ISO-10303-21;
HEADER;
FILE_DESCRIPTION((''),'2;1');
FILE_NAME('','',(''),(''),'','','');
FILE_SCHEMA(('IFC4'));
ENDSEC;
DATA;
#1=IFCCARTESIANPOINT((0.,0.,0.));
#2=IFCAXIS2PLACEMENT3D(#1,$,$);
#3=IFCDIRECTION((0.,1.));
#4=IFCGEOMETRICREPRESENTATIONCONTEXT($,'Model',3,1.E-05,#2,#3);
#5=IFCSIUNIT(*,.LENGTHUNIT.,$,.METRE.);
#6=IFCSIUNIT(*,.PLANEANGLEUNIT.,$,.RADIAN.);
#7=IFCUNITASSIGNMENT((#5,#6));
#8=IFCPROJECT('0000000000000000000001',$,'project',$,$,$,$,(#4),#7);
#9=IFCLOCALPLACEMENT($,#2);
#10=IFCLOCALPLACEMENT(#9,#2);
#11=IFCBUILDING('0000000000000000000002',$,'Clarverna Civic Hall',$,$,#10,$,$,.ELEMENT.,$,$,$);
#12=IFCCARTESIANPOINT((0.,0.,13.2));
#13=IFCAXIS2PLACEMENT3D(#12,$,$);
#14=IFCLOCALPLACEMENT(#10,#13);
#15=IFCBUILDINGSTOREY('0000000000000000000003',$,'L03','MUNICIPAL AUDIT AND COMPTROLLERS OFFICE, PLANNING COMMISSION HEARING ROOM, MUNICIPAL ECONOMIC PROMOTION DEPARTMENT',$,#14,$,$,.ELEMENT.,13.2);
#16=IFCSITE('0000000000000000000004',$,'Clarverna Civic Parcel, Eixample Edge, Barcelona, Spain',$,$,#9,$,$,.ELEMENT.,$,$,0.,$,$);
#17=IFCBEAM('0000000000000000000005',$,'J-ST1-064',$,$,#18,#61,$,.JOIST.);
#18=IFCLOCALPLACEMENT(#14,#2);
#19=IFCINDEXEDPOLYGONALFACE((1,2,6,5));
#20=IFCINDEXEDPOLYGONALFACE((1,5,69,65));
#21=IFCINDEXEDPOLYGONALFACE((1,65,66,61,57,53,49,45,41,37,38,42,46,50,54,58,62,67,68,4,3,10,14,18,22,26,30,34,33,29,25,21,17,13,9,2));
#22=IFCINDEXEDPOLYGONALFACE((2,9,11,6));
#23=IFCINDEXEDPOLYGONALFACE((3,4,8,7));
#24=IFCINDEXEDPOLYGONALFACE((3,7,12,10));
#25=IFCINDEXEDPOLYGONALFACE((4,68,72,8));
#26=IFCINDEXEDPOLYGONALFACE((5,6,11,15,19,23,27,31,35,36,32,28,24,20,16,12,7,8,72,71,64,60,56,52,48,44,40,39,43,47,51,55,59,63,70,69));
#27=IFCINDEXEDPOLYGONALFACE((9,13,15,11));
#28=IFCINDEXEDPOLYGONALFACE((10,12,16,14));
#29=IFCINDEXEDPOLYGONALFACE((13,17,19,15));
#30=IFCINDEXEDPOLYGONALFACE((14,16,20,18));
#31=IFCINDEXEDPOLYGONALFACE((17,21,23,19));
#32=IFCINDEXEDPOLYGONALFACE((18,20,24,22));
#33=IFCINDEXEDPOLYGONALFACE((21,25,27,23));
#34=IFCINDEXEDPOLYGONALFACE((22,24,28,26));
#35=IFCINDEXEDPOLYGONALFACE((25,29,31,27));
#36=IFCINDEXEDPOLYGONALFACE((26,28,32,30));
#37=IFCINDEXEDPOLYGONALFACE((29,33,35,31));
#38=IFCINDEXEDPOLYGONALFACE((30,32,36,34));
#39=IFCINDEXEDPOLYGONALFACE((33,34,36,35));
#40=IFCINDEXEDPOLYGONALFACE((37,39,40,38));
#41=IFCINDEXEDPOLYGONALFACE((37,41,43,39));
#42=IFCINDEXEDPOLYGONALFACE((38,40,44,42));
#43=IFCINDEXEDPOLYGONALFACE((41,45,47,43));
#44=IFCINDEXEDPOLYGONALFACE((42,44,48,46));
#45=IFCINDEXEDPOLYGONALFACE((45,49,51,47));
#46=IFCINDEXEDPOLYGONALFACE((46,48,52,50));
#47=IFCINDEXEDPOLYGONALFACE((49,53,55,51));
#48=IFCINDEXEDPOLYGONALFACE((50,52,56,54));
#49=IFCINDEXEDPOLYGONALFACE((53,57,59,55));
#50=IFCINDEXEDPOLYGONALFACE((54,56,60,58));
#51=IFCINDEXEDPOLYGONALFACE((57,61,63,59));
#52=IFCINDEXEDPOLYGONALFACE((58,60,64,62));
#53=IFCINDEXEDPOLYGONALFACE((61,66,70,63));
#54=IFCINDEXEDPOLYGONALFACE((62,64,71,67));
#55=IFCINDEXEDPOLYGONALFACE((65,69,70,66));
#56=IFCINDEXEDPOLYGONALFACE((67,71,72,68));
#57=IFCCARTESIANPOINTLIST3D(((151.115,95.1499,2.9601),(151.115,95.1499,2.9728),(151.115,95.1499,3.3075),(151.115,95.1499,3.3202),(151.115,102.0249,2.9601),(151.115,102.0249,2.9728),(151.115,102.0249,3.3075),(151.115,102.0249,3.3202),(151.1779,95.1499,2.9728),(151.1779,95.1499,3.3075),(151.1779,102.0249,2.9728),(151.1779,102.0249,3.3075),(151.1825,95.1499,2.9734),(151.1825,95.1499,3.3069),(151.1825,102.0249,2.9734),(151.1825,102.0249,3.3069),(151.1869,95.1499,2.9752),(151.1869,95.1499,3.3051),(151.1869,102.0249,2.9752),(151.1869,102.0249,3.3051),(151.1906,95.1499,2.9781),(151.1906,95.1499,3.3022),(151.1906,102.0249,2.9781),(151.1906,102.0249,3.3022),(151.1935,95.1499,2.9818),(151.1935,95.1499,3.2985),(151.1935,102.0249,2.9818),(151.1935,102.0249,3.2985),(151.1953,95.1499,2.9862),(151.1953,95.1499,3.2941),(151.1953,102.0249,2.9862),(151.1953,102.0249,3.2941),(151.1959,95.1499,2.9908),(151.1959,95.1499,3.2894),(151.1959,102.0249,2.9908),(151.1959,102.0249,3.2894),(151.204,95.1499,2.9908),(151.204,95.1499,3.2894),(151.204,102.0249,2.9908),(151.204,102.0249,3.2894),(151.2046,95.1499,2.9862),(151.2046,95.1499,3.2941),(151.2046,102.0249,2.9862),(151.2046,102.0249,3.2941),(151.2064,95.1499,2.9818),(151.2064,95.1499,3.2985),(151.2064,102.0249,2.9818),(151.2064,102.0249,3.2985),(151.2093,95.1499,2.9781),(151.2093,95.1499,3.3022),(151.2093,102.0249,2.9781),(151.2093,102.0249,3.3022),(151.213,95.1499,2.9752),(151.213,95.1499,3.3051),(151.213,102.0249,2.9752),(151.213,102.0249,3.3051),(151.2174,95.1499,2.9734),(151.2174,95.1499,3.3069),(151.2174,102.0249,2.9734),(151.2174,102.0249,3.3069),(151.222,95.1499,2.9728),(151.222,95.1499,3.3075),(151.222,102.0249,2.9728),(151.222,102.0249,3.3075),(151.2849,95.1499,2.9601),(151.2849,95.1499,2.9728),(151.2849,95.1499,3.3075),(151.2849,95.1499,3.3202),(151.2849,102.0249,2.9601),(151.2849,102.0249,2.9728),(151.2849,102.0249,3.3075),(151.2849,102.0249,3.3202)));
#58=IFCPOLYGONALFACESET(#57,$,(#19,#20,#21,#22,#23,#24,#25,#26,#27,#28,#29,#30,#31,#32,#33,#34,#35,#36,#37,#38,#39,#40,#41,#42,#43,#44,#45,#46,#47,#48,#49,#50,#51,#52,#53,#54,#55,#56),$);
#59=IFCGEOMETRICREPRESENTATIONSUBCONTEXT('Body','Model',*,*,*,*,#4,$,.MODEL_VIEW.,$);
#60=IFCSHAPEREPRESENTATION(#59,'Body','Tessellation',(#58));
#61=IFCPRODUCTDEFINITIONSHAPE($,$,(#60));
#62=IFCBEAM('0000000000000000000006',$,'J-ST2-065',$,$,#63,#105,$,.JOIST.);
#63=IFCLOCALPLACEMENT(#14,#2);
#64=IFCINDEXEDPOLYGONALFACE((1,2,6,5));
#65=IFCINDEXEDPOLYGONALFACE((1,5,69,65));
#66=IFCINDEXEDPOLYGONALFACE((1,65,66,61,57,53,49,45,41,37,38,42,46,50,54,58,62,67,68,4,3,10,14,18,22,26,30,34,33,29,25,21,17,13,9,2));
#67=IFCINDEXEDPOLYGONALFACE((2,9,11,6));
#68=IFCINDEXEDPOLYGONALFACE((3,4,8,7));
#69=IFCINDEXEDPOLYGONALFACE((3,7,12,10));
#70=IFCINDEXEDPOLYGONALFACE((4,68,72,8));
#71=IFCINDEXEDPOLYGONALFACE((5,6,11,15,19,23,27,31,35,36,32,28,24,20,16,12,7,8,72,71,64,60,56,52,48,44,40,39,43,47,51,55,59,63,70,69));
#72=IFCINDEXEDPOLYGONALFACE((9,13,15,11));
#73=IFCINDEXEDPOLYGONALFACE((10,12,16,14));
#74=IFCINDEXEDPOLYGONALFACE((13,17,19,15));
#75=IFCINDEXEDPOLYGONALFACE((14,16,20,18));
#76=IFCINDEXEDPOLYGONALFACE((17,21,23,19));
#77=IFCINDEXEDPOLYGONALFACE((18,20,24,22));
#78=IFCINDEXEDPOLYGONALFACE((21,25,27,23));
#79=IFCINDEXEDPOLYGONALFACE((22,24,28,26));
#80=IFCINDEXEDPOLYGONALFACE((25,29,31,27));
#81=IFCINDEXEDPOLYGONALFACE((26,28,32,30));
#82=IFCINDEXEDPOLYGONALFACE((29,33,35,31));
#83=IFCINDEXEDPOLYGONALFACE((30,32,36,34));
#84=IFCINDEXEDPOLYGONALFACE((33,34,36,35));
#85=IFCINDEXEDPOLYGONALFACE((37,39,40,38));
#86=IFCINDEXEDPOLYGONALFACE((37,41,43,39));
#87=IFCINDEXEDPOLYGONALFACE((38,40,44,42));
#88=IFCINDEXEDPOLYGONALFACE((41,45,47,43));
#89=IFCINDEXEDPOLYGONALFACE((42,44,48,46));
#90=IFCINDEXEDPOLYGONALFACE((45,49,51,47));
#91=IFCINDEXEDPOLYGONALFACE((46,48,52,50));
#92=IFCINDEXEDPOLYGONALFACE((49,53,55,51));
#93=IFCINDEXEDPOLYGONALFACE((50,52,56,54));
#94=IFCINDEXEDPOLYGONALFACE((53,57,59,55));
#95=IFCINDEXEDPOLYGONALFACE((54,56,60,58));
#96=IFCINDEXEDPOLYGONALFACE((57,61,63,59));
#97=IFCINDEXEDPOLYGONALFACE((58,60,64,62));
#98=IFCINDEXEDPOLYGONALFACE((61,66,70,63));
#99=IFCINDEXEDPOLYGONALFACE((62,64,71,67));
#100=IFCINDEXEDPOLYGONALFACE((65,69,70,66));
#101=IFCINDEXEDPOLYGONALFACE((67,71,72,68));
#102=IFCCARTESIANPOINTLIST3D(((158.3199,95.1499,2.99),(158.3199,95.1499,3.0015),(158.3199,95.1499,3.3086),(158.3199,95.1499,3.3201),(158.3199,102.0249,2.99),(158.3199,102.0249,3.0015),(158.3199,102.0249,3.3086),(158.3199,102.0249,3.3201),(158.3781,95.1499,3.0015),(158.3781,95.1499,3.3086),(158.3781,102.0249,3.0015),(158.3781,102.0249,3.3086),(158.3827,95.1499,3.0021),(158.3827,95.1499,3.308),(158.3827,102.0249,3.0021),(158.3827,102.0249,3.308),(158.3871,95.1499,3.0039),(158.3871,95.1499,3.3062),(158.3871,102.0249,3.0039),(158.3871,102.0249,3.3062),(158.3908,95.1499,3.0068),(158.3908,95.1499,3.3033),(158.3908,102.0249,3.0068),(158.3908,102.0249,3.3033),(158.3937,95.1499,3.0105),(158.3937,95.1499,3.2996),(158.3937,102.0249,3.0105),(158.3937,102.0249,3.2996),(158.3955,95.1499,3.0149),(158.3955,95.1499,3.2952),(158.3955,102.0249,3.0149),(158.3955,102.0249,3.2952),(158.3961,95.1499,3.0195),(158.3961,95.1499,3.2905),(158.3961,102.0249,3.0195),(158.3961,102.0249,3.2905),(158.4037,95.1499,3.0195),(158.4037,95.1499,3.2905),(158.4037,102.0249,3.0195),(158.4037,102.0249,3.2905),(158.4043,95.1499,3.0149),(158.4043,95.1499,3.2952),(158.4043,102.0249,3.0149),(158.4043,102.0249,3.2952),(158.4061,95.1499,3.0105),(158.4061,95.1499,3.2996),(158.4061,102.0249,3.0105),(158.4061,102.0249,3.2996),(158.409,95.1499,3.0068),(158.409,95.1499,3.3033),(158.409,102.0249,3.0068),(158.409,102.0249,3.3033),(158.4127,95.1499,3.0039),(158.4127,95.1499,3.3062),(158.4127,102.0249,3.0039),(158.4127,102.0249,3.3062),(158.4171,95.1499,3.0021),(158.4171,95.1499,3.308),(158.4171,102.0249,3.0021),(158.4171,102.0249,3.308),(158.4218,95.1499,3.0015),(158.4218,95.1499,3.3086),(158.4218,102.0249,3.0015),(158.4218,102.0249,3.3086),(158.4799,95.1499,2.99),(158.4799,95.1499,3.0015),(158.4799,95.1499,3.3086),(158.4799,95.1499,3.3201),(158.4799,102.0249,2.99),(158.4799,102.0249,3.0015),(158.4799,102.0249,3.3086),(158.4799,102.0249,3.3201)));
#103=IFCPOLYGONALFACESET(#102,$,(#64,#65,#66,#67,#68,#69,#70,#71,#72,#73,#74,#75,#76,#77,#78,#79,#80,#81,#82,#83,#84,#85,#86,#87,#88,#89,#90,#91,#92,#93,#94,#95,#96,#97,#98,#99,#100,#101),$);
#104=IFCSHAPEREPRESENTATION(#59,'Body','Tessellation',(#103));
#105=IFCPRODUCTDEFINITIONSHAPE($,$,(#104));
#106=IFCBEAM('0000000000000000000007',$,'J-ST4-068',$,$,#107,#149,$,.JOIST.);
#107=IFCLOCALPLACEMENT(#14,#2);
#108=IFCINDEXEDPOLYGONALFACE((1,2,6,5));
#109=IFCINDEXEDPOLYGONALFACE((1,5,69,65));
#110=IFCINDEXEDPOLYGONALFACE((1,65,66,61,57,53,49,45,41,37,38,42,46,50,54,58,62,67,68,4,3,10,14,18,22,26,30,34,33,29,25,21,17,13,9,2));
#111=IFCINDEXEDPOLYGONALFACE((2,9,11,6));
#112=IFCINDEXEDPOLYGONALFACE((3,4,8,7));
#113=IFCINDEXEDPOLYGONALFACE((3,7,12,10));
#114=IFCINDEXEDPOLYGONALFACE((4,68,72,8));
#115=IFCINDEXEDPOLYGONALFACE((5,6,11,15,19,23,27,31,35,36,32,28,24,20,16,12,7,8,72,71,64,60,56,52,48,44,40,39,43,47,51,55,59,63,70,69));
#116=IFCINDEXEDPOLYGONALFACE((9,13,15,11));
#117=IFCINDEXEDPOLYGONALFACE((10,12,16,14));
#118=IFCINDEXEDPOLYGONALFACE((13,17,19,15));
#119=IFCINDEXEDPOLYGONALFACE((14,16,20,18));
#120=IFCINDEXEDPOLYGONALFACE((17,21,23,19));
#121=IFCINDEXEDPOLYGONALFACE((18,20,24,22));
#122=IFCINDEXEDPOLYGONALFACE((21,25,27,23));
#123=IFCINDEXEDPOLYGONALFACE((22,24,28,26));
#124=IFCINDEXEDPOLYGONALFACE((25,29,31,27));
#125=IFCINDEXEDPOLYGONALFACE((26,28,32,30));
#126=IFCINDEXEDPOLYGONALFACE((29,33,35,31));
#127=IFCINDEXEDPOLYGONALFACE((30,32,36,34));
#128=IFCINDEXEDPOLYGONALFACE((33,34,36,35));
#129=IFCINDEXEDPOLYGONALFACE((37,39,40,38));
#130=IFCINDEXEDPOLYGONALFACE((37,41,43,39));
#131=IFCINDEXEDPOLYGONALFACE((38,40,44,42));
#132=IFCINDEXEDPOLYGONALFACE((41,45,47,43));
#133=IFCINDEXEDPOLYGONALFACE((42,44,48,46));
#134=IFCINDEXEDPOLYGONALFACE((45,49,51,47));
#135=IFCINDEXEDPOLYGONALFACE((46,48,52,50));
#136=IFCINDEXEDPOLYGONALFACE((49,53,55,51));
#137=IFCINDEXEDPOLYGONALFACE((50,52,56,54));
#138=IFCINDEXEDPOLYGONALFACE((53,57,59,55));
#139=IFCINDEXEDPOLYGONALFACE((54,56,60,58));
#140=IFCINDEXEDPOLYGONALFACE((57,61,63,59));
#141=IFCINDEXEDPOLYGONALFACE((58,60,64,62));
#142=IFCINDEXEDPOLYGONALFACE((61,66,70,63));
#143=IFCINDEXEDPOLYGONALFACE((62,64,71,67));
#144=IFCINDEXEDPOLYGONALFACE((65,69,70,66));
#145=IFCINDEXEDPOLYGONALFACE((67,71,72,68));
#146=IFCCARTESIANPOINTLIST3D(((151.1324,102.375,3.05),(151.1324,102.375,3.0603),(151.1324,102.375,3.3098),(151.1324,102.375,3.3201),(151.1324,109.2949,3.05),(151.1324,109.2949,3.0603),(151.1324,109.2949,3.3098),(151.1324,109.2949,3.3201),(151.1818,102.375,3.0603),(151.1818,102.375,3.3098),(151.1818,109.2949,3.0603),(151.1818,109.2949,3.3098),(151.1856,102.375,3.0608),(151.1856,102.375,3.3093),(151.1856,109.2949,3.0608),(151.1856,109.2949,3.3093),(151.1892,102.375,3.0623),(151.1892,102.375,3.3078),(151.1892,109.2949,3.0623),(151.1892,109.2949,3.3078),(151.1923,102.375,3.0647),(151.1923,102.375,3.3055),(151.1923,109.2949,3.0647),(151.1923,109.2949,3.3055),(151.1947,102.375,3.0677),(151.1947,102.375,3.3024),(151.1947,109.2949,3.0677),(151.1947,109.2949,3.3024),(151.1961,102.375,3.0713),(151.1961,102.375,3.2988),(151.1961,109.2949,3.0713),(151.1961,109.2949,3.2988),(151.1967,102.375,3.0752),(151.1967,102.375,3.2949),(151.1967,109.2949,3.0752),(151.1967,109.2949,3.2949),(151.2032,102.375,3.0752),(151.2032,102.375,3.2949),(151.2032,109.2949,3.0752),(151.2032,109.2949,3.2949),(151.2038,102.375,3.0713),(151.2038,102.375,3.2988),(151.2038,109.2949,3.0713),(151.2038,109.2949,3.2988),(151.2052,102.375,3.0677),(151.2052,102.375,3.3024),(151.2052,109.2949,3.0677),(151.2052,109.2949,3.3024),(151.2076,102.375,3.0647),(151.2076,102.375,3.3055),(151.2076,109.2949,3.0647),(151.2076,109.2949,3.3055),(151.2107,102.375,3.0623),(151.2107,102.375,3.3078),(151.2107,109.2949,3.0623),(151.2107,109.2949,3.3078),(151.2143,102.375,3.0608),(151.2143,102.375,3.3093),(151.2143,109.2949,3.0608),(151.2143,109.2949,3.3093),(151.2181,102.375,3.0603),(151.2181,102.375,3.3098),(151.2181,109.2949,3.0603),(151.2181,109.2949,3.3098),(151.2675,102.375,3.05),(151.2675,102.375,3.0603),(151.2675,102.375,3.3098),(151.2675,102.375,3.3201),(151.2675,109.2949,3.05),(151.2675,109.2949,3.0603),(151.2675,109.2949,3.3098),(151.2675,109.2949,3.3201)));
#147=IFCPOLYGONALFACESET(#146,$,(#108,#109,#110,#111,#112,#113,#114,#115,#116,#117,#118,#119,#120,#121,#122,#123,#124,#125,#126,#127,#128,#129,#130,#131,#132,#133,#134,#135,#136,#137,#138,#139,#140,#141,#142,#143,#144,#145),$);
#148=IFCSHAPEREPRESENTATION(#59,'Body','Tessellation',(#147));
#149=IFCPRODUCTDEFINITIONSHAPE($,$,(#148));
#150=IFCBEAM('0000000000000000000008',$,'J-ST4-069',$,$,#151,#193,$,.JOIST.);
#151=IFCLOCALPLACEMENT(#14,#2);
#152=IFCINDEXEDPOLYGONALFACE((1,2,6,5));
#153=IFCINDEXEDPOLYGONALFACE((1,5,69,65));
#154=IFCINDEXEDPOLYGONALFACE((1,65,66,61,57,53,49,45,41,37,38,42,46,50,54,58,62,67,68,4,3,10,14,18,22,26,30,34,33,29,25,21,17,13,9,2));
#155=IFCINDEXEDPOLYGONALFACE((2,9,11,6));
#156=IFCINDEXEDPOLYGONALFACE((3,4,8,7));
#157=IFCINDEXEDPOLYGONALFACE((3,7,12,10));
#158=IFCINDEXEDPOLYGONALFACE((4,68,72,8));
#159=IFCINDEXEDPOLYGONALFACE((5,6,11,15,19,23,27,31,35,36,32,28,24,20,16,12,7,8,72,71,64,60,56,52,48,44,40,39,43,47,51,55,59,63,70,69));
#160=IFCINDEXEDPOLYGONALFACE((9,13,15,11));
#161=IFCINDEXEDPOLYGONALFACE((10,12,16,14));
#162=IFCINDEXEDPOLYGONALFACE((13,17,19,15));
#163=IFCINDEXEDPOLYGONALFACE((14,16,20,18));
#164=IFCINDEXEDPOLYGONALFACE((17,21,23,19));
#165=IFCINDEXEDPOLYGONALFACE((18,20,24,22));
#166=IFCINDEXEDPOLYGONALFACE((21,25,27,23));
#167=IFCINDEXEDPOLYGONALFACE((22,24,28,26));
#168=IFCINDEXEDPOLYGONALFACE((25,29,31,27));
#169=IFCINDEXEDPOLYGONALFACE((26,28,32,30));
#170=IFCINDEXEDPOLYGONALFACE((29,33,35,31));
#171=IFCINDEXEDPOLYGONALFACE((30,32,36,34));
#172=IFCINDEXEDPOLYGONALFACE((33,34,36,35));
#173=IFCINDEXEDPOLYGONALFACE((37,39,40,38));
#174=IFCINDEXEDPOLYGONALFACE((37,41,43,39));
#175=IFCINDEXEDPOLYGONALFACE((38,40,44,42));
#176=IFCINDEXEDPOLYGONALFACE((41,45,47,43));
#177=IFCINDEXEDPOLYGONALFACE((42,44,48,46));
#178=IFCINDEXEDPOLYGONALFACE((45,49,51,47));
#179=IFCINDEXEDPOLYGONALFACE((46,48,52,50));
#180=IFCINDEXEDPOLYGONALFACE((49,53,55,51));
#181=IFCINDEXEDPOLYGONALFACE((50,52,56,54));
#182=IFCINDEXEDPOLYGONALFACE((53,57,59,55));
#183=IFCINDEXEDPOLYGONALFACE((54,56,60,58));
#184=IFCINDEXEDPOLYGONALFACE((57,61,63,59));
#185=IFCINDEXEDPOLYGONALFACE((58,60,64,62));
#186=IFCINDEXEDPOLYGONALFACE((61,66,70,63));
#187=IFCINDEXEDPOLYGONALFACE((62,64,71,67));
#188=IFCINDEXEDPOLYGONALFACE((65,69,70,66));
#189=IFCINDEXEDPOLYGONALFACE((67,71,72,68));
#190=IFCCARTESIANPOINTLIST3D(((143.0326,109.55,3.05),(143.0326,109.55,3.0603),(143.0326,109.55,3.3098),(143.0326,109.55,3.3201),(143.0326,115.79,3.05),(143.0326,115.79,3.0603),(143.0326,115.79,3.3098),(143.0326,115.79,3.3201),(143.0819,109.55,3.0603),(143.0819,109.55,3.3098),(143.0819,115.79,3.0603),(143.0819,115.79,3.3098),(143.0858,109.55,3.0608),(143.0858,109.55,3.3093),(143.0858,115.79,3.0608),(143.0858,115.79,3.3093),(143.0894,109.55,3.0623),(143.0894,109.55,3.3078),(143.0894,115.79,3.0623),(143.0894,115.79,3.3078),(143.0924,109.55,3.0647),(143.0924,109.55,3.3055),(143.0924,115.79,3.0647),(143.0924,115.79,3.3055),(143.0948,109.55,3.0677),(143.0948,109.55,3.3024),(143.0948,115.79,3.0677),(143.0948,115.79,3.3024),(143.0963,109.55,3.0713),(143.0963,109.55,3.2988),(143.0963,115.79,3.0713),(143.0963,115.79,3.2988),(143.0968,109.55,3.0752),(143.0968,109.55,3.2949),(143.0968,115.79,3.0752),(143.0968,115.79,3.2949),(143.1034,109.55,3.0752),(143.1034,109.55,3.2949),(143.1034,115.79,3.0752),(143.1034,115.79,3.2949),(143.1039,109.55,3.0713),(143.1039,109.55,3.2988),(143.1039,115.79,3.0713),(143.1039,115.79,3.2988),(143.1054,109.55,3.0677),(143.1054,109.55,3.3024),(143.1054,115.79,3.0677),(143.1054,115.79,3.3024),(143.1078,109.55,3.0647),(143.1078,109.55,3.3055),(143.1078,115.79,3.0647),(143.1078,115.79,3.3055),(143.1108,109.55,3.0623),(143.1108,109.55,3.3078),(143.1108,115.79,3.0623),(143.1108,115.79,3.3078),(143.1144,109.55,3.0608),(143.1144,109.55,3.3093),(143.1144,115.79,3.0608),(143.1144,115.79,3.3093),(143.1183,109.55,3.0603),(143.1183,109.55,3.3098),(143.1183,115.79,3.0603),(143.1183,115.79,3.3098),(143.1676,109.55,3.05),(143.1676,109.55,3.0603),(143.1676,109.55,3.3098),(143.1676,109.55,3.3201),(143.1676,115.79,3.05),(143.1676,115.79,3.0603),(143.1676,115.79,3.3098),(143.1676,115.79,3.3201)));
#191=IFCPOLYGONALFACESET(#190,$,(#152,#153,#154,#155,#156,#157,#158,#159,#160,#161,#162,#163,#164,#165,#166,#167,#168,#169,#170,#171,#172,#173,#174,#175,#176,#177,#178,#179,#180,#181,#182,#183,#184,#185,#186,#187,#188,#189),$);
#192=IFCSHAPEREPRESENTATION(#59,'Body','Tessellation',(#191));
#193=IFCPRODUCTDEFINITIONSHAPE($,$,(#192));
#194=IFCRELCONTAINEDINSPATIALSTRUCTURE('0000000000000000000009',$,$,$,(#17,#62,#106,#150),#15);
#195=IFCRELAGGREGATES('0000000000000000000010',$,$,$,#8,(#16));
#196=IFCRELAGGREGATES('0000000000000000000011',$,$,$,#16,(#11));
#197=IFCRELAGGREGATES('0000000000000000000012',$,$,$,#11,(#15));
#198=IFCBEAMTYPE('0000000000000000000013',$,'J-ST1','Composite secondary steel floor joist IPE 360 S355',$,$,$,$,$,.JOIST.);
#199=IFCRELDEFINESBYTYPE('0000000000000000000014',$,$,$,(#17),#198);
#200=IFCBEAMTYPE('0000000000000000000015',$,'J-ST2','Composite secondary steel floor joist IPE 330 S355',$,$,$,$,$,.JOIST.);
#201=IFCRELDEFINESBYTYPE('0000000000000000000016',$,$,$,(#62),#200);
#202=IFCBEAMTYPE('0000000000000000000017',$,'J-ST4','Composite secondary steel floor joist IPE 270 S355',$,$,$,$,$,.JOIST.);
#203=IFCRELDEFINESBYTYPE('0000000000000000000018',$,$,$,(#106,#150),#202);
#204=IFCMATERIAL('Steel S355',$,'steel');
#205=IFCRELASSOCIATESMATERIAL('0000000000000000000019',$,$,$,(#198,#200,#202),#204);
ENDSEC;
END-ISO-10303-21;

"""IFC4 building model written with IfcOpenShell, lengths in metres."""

from ifc_helpers import new_model, si_unit, direction, frame, origin, origin_2d, place, context, subcontext, project, spatial, i_section, extrude, material, material_profile, profile_set, type_object, element, save


model = new_model("IFC4")

# Units and contexts
model_context = context("Model", 3, precision=1e-05, world=origin(), true_north=direction((0.0, 1.0)))
body_context = subcontext(model_context, "Body", "Model", "MODEL_VIEW")
ifc_project = project(units=[si_unit("LENGTHUNIT", "METRE"), si_unit("PLANEANGLEUNIT", "RADIAN")], contexts=[model_context])

# Site, building, storey
site_placement = place(None, origin())
site = spatial("IfcSite", under=ifc_project, at=site_placement, Name="Clarverna Civic Parcel, Eixample Edge, Barcelona, Spain", CompositionType="ELEMENT", RefElevation=0.0)
building_placement = place(site_placement, origin())
building = spatial("IfcBuilding", under=site, at=building_placement, Name="Clarverna Civic Hall", CompositionType="ELEMENT")
storey_placement = place(building_placement, frame((0.0, 0.0, 13.2)))
storey = spatial("IfcBuildingStorey", under=building, at=storey_placement, Name="L03", Description="MUNICIPAL AUDIT AND COMPTROLLERS OFFICE, PLANNING COMMISSION HEARING ROOM, MUNICIPAL ECONOMIC PROMOTION DEPARTMENT", CompositionType="ELEMENT", Elevation=13.2)

# Shared definitions
ifc_material_1 = material(Name="Steel S355", Category="steel")

# Beams
ifc_material_profile_1 = material_profile(ifc_material_1, i_section(OverallWidth=0.1699, OverallDepth=0.3601, WebThickness=0.0081, FlangeThickness=0.0127, FilletRadius=0.0181, at=origin_2d()), Name="IPE 360")
ifc_profile_set_1 = profile_set([ifc_material_profile_1], Name="Steel S355")
beam_type_1 = type_object("IfcBeamType", Name="J-ST1", Description="Composite secondary steel floor joist IPE 360 S355", PredefinedType="JOIST", material=ifc_profile_set_1)
beam_1_placement = place(storey_placement, frame((151.2, 95.1499, 3.1401), z_axis=(0.0, 1.0, 0.0), x_axis=(-1.0, 0.0, 0.0)))
element("IfcBeam", 1, at=beam_1_placement, inside=storey, type_object=beam_type_1, Name="J-ST1-064", PredefinedType="JOIST", context=body_context, shape_type="SweptSolid", body=[
    extrude(i_section(OverallWidth=0.1699, OverallDepth=0.3601, WebThickness=0.0081, FlangeThickness=0.0127, FilletRadius=0.0181, at=origin_2d()), origin(), (0.0, 0.0, 1.0), 6.875),
])
ifc_material_profile_2 = material_profile(ifc_material_1, i_section(OverallWidth=0.1599, OverallDepth=0.3301, WebThickness=0.0076, FlangeThickness=0.0115, FilletRadius=0.0181, at=origin_2d()), Name="IPE 330")
ifc_profile_set_2 = profile_set([ifc_material_profile_2], Name="Steel S355")
beam_type_2 = type_object("IfcBeamType", Name="J-ST2", Description="Composite secondary steel floor joist IPE 330 S355", PredefinedType="JOIST", material=ifc_profile_set_2)
beam_2_placement = place(storey_placement, frame((158.3999, 95.1499, 3.155), z_axis=(0.0, 1.0, 0.0), x_axis=(-1.0, 0.0, 0.0)))
element("IfcBeam", 2, at=beam_2_placement, inside=storey, type_object=beam_type_2, Name="J-ST2-065", PredefinedType="JOIST", context=body_context, shape_type="SweptSolid", body=[
    extrude(i_section(OverallWidth=0.1599, OverallDepth=0.3301, WebThickness=0.0076, FlangeThickness=0.0115, FilletRadius=0.0181, at=origin_2d()), origin(), (0.0, 0.0, 1.0), 6.875),
])
ifc_material_profile_3 = material_profile(ifc_material_1, i_section(OverallWidth=0.135, OverallDepth=0.27, WebThickness=0.0066, FlangeThickness=0.0103, FilletRadius=0.0149, at=origin_2d()), Name="IPE 270")
ifc_profile_set_3 = profile_set([ifc_material_profile_3], Name="Steel S355")
beam_type_3 = type_object("IfcBeamType", Name="J-ST4", Description="Composite secondary steel floor joist IPE 270 S355", PredefinedType="JOIST", material=ifc_profile_set_3)
beam_3_placement = place(storey_placement, frame((151.2, 102.375, 3.1851), z_axis=(0.0, 1.0, 0.0), x_axis=(-1.0, 0.0, 0.0)))
element("IfcBeam", 3, at=beam_3_placement, inside=storey, type_object=beam_type_3, Name="J-ST4-068", PredefinedType="JOIST", context=body_context, shape_type="SweptSolid", body=[
    extrude(i_section(OverallWidth=0.135, OverallDepth=0.27, WebThickness=0.0066, FlangeThickness=0.0103, FilletRadius=0.0149, at=origin_2d()), origin(), (0.0, 0.0, 1.0), 6.9199),
])
beam_4_placement = place(storey_placement, frame((143.1001, 109.55, 3.1851), z_axis=(0.0, 1.0, 0.0), x_axis=(-1.0, 0.0, 0.0)))
element("IfcBeam", 4, at=beam_4_placement, inside=storey, type_object=beam_type_3, Name="J-ST4-069", PredefinedType="JOIST", context=body_context, shape_type="SweptSolid", body=[
    extrude(i_section(OverallWidth=0.135, OverallDepth=0.27, WebThickness=0.0066, FlangeThickness=0.0103, FilletRadius=0.0149, at=origin_2d()), origin(), (0.0, 0.0, 1.0), 6.24),
])

save(model, "model.ifc")
